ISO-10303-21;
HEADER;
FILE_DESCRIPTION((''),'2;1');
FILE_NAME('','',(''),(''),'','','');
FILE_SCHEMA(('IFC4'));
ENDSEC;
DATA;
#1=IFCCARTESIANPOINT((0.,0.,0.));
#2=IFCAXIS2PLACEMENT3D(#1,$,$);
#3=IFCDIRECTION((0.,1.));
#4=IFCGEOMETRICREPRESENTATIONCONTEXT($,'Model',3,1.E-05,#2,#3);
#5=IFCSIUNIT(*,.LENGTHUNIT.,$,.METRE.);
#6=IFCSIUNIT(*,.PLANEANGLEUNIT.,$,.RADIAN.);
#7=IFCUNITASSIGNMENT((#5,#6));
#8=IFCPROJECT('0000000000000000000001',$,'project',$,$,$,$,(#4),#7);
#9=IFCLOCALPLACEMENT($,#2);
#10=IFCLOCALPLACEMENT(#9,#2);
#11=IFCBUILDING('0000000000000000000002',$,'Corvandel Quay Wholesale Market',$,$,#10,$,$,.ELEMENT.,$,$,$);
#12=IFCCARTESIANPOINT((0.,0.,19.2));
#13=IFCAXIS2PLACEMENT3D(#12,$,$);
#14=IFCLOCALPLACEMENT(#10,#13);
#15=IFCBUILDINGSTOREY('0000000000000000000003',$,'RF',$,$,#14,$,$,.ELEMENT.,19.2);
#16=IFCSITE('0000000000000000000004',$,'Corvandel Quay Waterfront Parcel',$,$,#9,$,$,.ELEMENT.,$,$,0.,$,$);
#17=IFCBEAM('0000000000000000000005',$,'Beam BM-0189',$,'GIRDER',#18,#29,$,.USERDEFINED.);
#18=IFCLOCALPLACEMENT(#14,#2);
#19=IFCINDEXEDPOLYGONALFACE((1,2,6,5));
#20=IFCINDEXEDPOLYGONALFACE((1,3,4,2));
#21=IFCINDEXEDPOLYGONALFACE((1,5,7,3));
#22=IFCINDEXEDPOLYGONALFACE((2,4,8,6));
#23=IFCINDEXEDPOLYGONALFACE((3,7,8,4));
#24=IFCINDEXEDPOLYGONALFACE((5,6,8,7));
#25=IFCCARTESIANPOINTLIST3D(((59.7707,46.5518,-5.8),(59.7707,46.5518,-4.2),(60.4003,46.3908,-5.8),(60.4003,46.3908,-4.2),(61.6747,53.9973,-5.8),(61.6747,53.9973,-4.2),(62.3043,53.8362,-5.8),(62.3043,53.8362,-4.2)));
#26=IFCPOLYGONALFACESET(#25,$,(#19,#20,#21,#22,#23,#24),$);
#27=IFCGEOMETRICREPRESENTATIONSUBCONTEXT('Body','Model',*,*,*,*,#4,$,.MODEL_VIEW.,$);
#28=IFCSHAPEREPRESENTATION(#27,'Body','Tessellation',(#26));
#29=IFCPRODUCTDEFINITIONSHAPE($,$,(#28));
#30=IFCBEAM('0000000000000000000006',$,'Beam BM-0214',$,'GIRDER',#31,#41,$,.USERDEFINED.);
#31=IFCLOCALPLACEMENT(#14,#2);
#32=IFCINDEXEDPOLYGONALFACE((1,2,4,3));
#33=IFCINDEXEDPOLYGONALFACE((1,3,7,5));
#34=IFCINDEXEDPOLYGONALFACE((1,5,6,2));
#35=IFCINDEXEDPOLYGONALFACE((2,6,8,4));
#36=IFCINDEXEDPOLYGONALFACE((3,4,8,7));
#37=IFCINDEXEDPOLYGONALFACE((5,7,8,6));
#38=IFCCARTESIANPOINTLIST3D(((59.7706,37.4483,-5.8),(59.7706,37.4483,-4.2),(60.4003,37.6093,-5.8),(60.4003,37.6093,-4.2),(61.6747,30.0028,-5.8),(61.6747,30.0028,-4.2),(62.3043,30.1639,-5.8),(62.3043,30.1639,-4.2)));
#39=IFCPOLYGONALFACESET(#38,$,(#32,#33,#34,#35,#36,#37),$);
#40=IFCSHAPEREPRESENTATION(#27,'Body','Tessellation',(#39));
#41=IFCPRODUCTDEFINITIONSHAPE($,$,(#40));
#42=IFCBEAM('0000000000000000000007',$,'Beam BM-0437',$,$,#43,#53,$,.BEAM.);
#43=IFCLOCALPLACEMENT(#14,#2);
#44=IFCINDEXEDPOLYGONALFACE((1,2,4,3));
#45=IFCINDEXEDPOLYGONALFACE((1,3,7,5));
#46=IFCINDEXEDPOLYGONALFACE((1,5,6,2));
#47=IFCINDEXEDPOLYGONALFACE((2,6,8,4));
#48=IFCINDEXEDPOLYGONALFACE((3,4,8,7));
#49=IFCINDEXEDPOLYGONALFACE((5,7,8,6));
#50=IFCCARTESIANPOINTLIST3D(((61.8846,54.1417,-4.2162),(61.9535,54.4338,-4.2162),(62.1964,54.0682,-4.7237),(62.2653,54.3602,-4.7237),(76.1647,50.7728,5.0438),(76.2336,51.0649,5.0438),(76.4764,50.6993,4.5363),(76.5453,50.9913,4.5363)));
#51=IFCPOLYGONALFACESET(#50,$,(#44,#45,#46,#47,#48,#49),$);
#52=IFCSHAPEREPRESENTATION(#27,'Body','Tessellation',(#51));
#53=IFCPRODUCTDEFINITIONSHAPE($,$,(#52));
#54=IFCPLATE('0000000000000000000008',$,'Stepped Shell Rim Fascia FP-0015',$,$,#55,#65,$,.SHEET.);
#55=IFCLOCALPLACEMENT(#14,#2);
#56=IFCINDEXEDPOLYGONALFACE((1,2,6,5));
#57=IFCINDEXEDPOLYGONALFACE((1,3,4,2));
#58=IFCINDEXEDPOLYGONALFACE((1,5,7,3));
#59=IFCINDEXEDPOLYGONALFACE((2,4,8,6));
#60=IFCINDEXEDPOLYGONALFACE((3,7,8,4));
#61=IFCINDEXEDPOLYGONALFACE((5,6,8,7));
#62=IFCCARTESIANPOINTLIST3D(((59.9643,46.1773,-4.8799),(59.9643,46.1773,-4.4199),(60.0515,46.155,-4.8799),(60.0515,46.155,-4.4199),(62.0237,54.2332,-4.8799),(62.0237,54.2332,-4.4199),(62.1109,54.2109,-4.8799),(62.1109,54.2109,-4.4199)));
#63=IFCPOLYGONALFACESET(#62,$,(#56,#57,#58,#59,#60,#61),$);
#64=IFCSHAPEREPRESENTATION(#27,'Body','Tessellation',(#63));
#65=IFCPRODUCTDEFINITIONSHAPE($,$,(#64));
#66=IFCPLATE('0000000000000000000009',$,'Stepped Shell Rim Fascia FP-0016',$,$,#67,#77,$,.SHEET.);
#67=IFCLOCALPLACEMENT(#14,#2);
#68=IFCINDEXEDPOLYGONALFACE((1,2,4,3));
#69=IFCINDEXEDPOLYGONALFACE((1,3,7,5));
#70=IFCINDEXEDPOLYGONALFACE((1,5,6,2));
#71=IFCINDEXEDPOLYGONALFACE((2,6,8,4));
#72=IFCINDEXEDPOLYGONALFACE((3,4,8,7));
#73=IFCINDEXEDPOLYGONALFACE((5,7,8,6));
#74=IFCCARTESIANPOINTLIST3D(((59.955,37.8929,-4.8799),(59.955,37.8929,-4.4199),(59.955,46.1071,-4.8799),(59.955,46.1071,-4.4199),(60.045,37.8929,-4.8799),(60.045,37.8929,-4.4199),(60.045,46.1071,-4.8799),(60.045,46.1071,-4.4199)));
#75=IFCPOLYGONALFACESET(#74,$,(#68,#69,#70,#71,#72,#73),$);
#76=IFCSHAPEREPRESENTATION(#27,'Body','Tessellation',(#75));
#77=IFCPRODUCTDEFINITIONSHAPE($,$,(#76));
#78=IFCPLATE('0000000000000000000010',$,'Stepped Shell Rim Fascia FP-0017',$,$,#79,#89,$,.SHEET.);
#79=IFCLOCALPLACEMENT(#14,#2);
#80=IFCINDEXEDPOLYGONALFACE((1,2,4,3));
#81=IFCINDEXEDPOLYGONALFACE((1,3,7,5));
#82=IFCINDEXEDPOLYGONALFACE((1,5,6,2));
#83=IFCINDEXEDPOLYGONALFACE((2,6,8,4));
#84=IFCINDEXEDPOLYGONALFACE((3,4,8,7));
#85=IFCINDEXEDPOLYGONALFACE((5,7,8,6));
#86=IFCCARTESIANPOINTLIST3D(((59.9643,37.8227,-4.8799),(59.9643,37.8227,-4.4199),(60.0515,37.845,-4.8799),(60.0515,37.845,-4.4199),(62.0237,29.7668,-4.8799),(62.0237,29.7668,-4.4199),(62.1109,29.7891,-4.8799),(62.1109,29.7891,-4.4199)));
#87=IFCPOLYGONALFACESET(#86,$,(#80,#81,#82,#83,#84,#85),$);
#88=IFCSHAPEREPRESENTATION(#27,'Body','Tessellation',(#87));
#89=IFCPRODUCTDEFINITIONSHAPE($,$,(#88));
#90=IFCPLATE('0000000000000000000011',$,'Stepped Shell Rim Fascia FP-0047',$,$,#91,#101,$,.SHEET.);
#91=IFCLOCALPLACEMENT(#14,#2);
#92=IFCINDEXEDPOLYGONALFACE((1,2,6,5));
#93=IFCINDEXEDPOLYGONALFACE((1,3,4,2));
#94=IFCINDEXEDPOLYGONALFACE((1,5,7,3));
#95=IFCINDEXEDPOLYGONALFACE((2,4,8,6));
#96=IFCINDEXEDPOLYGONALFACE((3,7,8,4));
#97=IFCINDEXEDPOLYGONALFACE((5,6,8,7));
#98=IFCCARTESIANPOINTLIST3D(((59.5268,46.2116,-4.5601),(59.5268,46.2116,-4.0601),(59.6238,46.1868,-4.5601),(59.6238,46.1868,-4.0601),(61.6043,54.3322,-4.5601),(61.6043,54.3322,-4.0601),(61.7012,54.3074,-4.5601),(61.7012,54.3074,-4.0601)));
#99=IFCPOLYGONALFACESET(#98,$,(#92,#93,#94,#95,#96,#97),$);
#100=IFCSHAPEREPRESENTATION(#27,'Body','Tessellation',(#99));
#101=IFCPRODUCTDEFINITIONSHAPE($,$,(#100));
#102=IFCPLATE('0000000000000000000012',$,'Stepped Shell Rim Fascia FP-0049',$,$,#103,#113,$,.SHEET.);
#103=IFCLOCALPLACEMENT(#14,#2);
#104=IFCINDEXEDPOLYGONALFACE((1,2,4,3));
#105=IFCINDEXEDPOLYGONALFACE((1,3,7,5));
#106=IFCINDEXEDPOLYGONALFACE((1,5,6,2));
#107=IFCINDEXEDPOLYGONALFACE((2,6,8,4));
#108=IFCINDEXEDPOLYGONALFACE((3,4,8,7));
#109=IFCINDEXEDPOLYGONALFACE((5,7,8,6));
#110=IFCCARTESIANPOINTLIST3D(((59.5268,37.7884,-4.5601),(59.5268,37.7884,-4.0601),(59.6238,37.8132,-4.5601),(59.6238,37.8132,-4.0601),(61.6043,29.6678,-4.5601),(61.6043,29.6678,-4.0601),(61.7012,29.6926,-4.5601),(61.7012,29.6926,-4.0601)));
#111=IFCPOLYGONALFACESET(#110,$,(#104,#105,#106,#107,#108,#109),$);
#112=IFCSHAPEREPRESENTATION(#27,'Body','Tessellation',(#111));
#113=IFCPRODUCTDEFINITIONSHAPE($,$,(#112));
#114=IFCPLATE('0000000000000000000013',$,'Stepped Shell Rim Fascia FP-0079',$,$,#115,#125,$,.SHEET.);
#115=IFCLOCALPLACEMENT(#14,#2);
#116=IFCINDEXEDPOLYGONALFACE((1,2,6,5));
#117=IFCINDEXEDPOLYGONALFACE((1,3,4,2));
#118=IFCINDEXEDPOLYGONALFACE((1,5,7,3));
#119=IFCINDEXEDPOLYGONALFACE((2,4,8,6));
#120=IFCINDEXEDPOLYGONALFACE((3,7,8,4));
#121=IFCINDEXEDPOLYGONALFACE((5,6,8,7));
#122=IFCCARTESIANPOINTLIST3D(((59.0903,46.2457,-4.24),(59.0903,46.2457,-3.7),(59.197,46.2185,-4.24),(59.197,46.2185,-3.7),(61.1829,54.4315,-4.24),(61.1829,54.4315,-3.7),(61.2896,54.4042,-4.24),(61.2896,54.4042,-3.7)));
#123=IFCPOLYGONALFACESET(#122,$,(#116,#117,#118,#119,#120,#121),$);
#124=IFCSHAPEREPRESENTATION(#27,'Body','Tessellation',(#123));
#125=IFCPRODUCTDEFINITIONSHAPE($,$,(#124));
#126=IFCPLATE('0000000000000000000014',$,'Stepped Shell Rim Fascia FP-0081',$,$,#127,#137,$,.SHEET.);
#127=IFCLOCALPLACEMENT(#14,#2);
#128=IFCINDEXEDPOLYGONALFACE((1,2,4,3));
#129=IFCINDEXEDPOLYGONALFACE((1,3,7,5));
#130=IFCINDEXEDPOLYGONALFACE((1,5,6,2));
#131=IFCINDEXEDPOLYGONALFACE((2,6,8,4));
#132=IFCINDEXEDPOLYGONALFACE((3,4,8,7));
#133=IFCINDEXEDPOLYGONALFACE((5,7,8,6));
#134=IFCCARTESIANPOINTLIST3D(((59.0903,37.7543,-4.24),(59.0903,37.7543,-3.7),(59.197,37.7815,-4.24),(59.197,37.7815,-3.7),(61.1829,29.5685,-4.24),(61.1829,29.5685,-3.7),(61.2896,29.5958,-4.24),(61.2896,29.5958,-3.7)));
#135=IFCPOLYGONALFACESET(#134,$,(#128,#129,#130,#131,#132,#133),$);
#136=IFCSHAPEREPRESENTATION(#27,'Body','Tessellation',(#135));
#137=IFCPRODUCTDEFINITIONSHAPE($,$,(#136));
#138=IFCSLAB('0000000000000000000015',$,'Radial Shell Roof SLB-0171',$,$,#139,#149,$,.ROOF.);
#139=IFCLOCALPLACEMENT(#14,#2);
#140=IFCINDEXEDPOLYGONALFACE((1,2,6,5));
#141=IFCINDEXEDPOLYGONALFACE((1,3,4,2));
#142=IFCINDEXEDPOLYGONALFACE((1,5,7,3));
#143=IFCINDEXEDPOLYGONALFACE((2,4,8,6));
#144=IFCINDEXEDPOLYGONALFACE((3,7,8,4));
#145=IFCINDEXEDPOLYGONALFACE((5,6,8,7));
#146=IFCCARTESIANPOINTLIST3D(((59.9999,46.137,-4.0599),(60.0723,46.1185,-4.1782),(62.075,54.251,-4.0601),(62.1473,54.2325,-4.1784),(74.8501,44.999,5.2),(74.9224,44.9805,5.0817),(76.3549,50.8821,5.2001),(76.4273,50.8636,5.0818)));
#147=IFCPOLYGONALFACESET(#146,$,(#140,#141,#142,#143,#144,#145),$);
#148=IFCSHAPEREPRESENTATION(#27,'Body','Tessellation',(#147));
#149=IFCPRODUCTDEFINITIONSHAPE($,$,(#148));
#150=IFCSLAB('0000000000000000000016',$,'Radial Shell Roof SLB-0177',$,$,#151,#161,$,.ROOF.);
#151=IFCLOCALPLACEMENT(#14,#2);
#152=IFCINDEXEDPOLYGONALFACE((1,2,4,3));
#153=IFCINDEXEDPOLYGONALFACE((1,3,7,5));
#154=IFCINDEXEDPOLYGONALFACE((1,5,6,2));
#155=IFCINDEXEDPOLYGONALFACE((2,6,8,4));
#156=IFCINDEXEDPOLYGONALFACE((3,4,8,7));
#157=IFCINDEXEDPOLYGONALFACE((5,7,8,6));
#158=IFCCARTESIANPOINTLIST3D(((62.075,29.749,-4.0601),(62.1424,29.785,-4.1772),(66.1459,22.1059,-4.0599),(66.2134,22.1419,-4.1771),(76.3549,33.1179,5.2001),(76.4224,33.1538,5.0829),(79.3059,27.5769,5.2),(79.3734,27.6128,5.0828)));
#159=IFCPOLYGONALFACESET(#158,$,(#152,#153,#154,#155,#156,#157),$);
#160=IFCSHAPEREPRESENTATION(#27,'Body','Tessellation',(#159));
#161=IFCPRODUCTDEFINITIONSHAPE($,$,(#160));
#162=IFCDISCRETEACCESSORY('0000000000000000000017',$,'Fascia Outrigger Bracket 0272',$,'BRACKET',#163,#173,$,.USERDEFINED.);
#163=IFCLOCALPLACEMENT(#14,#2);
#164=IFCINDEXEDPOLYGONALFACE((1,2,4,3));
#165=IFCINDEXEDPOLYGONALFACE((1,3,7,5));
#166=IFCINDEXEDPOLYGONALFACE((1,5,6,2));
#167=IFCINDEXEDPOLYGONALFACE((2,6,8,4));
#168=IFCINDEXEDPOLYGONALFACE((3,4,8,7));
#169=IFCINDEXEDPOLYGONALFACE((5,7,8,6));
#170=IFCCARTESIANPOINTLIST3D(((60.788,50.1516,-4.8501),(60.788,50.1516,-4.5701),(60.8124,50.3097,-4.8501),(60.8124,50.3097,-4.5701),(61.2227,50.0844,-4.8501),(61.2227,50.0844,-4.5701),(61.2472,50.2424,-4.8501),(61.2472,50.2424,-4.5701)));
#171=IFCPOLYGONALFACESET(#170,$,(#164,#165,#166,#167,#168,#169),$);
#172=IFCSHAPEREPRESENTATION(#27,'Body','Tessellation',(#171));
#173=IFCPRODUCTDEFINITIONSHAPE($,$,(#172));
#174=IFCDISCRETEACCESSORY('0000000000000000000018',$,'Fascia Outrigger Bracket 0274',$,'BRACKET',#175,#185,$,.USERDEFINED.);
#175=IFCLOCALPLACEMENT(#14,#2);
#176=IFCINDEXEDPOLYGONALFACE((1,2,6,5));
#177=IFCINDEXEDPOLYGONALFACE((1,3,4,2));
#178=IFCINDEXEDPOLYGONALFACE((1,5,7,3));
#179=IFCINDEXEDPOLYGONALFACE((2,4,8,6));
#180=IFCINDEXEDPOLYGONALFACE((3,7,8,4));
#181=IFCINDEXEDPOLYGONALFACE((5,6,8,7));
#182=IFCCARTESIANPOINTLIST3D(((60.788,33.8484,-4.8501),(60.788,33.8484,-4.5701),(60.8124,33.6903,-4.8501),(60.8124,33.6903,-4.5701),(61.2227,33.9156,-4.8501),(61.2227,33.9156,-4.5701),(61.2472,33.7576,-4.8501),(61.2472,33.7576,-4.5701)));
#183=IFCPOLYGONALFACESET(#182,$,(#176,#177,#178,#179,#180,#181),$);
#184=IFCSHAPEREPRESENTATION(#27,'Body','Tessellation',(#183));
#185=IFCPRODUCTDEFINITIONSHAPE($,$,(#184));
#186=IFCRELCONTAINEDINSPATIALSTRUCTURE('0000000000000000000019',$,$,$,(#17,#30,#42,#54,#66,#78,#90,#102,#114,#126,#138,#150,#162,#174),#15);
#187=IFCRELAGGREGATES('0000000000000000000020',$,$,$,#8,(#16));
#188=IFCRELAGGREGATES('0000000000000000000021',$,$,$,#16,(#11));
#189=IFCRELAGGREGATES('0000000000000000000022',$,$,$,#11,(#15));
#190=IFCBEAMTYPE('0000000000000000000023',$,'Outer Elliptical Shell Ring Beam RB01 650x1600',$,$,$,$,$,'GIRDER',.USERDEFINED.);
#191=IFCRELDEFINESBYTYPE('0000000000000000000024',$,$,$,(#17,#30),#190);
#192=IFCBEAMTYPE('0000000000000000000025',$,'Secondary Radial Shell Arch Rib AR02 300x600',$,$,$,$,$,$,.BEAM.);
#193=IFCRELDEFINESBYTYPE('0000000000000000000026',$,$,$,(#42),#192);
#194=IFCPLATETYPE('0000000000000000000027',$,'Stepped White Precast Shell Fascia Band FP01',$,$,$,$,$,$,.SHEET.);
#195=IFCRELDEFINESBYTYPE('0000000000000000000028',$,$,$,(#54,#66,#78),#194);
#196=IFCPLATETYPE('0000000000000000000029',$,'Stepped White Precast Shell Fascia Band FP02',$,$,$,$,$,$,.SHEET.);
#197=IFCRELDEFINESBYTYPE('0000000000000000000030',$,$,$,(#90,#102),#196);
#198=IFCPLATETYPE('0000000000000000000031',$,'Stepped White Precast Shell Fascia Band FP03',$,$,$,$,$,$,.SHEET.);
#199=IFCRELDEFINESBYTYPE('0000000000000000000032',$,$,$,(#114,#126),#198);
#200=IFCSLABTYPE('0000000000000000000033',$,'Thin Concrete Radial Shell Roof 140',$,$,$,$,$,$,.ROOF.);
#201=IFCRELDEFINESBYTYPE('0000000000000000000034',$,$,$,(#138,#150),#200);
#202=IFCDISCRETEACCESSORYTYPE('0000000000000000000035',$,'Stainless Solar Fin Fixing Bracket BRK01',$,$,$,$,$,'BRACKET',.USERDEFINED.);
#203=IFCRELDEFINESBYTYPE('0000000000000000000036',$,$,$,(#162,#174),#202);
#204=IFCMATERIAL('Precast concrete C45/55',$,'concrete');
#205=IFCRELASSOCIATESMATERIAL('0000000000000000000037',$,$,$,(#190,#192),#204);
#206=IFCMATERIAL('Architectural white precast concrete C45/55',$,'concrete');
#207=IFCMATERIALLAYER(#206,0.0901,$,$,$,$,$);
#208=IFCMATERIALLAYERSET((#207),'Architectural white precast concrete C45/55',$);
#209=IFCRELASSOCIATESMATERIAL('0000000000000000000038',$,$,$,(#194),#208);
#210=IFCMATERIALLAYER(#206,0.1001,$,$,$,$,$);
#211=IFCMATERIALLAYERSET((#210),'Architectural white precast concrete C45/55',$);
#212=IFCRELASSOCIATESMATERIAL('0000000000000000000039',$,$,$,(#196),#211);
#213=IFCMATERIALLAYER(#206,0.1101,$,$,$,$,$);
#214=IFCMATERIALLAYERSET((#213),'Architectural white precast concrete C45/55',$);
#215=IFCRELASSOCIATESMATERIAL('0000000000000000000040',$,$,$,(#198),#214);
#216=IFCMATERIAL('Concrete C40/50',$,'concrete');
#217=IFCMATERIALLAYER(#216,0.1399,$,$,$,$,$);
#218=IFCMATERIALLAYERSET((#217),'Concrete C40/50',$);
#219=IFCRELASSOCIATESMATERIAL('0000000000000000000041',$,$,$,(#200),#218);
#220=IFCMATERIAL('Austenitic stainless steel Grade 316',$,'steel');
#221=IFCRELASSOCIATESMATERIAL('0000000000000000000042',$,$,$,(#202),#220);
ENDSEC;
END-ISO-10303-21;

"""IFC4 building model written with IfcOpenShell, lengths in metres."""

from ifc_helpers import new_model, si_unit, direction, frame, origin, origin_2d, place, context, subcontext, project, spatial, polyline, rectangle, outline, extrude, material, layer, layer_set, material_profile, profile_set, type_object, element, save


model = new_model("IFC4")

# Units and contexts
model_context = context("Model", 3, precision=1e-05, world=origin(), true_north=direction((0.0, 1.0)))
body_context = subcontext(model_context, "Body", "Model", "MODEL_VIEW")
ifc_project = project(units=[si_unit("LENGTHUNIT", "METRE"), si_unit("PLANEANGLEUNIT", "RADIAN")], contexts=[model_context])

# Site, building, storey
site_placement = place(None, origin())
site = spatial("IfcSite", under=ifc_project, at=site_placement, Name="Corvandel Quay Waterfront Parcel", CompositionType="ELEMENT", RefElevation=0.0)
building_placement = place(site_placement, origin())
building = spatial("IfcBuilding", under=site, at=building_placement, Name="Corvandel Quay Wholesale Market", CompositionType="ELEMENT")
storey_placement = place(building_placement, frame((0.0, 0.0, 19.2)))
storey = spatial("IfcBuildingStorey", under=building, at=storey_placement, Name="RF", CompositionType="ELEMENT", Elevation=19.2)

# Beams
ifc_material_1 = material(Name="Precast concrete C45/55", Category="concrete")
ifc_material_profile_1 = material_profile(ifc_material_1, rectangle(XDim=0.6499, YDim=1.6001, at=origin_2d()), Name="PC-RING-650x1600")
ifc_profile_set_1 = profile_set([ifc_material_profile_1], Name="Precast concrete C45/55")
beam_type_1 = type_object("IfcBeamType", Name="Outer Elliptical Shell Ring Beam RB01 650x1600", ElementType="GIRDER", PredefinedType="USERDEFINED", material=ifc_profile_set_1)
for number, where, z_axis, x_axis, name in (
    (1, (61.9895, 53.9167, -5.0), (-0.247757, -0.968822, 0.0), (0.968822, -0.247757, 0.0), "Beam BM-0189"),
    (2, (60.0854, 37.5288, -5.0), (0.247757, -0.968822, 0.0), (0.968822, 0.247757, 0.0), "Beam BM-0214"),
):
    element("IfcBeam", number, at=place(storey_placement, frame(where, z_axis=z_axis, x_axis=x_axis)), inside=storey, type_object=beam_type_1, Name=name, ObjectType="GIRDER", PredefinedType="USERDEFINED", context=body_context, shape_type="SweptSolid", body=[
        extrude(rectangle(XDim=0.6499, YDim=1.6001, at=origin_2d()), origin(), (0.0, 0.0, 1.0), 7.6851),
    ])
ifc_material_profile_2 = material_profile(ifc_material_1, rectangle(XDim=0.3, YDim=0.6001, at=origin_2d()), Name="PC-RIB-300x600")
ifc_profile_set_2 = profile_set([ifc_material_profile_2], Name="Precast concrete C45/55")
beam_type_2 = type_object("IfcBeamType", Name="Secondary Radial Shell Arch Rib AR02 300x600", PredefinedType="BEAM", material=ifc_profile_set_2)
beam_placement = place(storey_placement, frame((62.075, 54.251, -4.47), z_axis=(0.823065, -0.194175, 0.533723), x_axis=(0.229613, 0.973282, 0.0)))
element("IfcBeam", 3, at=beam_placement, inside=storey, type_object=beam_type_2, Name="Beam BM-0437", PredefinedType="BEAM", context=body_context, shape_type="SweptSolid", body=[
    extrude(rectangle(XDim=0.3, YDim=0.6001, at=origin_2d()), origin(), (0.0, 0.0, 1.0), 17.3499),
])

# Plates
ifc_material_2 = material(Name="Architectural white precast concrete C45/55", Category="concrete")
ifc_layer_1 = layer(ifc_material_2, 0.0901)
ifc_layer_set_1 = layer_set([ifc_layer_1], Name="Architectural white precast concrete C45/55")
plate_type_1 = type_object("IfcPlateType", Name="Stepped White Precast Shell Fascia Band FP01", PredefinedType="SHEET", material=ifc_layer_set_1)
plate_1_placement = place(storey_placement, frame((61.0376, 50.1941, -4.8799), z_axis=(0.0, 0.0, 1.0), x_axis=(0.247675, 0.968843, 0.0)))
element("IfcPlate", 4, at=plate_1_placement, inside=storey, type_object=plate_type_1, Name="Stepped Shell Rim Fascia FP-0015", PredefinedType="SHEET", context=body_context, shape_type="SweptSolid", body=[
    extrude(rectangle(XDim=8.3149, YDim=0.0901, at=origin_2d()), origin(), (0.0, 0.0, 1.0), 0.46),
])
plate_2_placement = place(storey_placement, frame((60.0, 42.0, -4.8799), z_axis=(0.0, 0.0, 1.0), x_axis=(0.0, 1.0, 0.0)))
element("IfcPlate", 5, at=plate_2_placement, inside=storey, type_object=plate_type_1, Name="Stepped Shell Rim Fascia FP-0016", PredefinedType="SHEET", context=body_context, shape_type="SweptSolid", body=[
    extrude(rectangle(XDim=8.2141, YDim=0.0901, at=origin_2d()), origin(), (0.0, 0.0, 1.0), 0.46),
])
plate_3_placement = place(storey_placement, frame((61.0376, 33.8059, -4.8799), z_axis=(0.0, 0.0, 1.0), x_axis=(-0.247675, 0.968843, 0.0)))
element("IfcPlate", 6, at=plate_3_placement, inside=storey, type_object=plate_type_1, Name="Stepped Shell Rim Fascia FP-0017", PredefinedType="SHEET", context=body_context, shape_type="SweptSolid", body=[
    extrude(rectangle(XDim=8.3149, YDim=0.0901, at=origin_2d()), origin(), (0.0, 0.0, 1.0), 0.46),
])
ifc_layer_2 = layer(ifc_material_2, 0.1001)
ifc_layer_set_2 = layer_set([ifc_layer_2], Name="Architectural white precast concrete C45/55")
plate_type_2 = type_object("IfcPlateType", Name="Stepped White Precast Shell Fascia Band FP02", PredefinedType="SHEET", material=ifc_layer_set_2)
for number, where, z_axis, x_axis, name in (
    (7, (60.614, 50.2595, -4.5601), (0.0, 0.0, 1.0), (0.247845, 0.9688, 0.0), "Stepped Shell Rim Fascia FP-0047"),
    (8, (60.614, 33.7405, -4.5601), (0.0, 0.0, 1.0), (-0.247845, 0.9688, 0.0), "Stepped Shell Rim Fascia FP-0049"),
):
    element("IfcPlate", number, at=place(storey_placement, frame(where, z_axis=z_axis, x_axis=x_axis)), inside=storey, type_object=plate_type_2, Name=name, PredefinedType="SHEET", context=body_context, shape_type="SweptSolid", body=[
        extrude(rectangle(XDim=8.3821, YDim=0.1001, at=origin_2d()), origin(), (0.0, 0.0, 1.0), 0.5),
    ])
ifc_layer_3 = layer(ifc_material_2, 0.1101)
ifc_layer_set_3 = layer_set([ifc_layer_3], Name="Architectural white precast concrete C45/55")
plate_type_3 = type_object("IfcPlateType", Name="Stepped White Precast Shell Fascia Band FP03", PredefinedType="SHEET", material=ifc_layer_set_3)
for number, where, z_axis, x_axis, name in (
    (9, (60.1899, 50.325, -4.24), (0.0, 0.0, 1.0), (0.247675, 0.968843, 0.0), "Stepped Shell Rim Fascia FP-0079"),
    (10, (60.1899, 33.675, -4.24), (0.0, 0.0, 1.0), (-0.247675, 0.968843, 0.0), "Stepped Shell Rim Fascia FP-0081"),
):
    element("IfcPlate", number, at=place(storey_placement, frame(where, z_axis=z_axis, x_axis=x_axis)), inside=storey, type_object=plate_type_3, Name=name, PredefinedType="SHEET", context=body_context, shape_type="SweptSolid", body=[
        extrude(rectangle(XDim=8.449, YDim=0.1101, at=origin_2d()), origin(), (0.0, 0.0, 1.0), 0.54),
    ])

# Slabs
ifc_material_3 = material(Name="Concrete C40/50", Category="concrete")
ifc_layer_4 = layer(ifc_material_3, 0.1399)
ifc_layer_set_4 = layer_set([ifc_layer_4], Name="Concrete C40/50")
slab_type = type_object("IfcSlabType", Name="Thin Concrete Radial Shell Roof 140", PredefinedType="ROOF", material=ifc_layer_set_4)
slab_1_placement = place(storey_placement, frame((62.075, 54.251, -4.0601), z_axis=(-0.517151, 0.132264, 0.845613), x_axis=(-0.24776, -0.968821, 0.000013)))
element("IfcSlab", 11, at=slab_1_placement, inside=storey, type_object=slab_type, Name="Radial Shell Roof SLB-0171", PredefinedType="ROOF", context=body_context, shape_type="SweptSolid", body=[
    extrude(outline(polyline([(0.0, 0.0), (8.3751, 0.0), (5.7984, 17.3473), (-0.274, 17.3477), (0.0, 0.0)])), origin(), (0.0, 0.0, -1.0), 0.1399),
])
slab_2_placement = place(storey_placement, frame((62.075, 29.749, -4.0601), z_axis=(-0.482418, -0.256941, 0.837409), x_axis=(0.470108, -0.882609, 0.000013)))
element("IfcSlab", 12, at=slab_2_placement, inside=storey, type_object=slab_type, Name="Radial Shell Roof SLB-0177", PredefinedType="ROOF", context=body_context, shape_type="SweptSolid", body=[
    extrude(outline(polyline([(0.0, 0.0), (8.6597, 0.0), (10.0177, 16.9416), (3.7399, 16.942), (0.0, 0.0)])), origin(), (0.0, 0.0, -1.0), 0.1399),
])

# Discrete accessories
ifc_material_4 = material(Name="Austenitic stainless steel Grade 316", Category="steel")
discrete_accessory_type = type_object("IfcDiscreteAccessoryType", Name="Stainless Solar Fin Fixing Bracket BRK01", ElementType="BRACKET", PredefinedType="USERDEFINED", material=ifc_material_4)
for number, where, z_axis, x_axis, name in (
    (13, (61.0176, 50.197, -4.8501), (0.0, 0.0, 1.0), (-0.988255, 0.152813, 0.0), "Fascia Outrigger Bracket 0272"),
    (14, (61.0176, 33.803, -4.8501), (0.0, 0.0, 1.0), (0.988255, 0.152813, 0.0), "Fascia Outrigger Bracket 0274"),
):
    element("IfcDiscreteAccessory", number, at=place(storey_placement, frame(where, z_axis=z_axis, x_axis=x_axis)), inside=storey, type_object=discrete_accessory_type, Name=name, ObjectType="BRACKET", PredefinedType="USERDEFINED", context=body_context, shape_type="SweptSolid", body=[
        extrude(rectangle(XDim=0.4399, YDim=0.1599, at=origin_2d()), origin(), (0.0, 0.0, 1.0), 0.28),
    ])

save(model, "model.ifc")
